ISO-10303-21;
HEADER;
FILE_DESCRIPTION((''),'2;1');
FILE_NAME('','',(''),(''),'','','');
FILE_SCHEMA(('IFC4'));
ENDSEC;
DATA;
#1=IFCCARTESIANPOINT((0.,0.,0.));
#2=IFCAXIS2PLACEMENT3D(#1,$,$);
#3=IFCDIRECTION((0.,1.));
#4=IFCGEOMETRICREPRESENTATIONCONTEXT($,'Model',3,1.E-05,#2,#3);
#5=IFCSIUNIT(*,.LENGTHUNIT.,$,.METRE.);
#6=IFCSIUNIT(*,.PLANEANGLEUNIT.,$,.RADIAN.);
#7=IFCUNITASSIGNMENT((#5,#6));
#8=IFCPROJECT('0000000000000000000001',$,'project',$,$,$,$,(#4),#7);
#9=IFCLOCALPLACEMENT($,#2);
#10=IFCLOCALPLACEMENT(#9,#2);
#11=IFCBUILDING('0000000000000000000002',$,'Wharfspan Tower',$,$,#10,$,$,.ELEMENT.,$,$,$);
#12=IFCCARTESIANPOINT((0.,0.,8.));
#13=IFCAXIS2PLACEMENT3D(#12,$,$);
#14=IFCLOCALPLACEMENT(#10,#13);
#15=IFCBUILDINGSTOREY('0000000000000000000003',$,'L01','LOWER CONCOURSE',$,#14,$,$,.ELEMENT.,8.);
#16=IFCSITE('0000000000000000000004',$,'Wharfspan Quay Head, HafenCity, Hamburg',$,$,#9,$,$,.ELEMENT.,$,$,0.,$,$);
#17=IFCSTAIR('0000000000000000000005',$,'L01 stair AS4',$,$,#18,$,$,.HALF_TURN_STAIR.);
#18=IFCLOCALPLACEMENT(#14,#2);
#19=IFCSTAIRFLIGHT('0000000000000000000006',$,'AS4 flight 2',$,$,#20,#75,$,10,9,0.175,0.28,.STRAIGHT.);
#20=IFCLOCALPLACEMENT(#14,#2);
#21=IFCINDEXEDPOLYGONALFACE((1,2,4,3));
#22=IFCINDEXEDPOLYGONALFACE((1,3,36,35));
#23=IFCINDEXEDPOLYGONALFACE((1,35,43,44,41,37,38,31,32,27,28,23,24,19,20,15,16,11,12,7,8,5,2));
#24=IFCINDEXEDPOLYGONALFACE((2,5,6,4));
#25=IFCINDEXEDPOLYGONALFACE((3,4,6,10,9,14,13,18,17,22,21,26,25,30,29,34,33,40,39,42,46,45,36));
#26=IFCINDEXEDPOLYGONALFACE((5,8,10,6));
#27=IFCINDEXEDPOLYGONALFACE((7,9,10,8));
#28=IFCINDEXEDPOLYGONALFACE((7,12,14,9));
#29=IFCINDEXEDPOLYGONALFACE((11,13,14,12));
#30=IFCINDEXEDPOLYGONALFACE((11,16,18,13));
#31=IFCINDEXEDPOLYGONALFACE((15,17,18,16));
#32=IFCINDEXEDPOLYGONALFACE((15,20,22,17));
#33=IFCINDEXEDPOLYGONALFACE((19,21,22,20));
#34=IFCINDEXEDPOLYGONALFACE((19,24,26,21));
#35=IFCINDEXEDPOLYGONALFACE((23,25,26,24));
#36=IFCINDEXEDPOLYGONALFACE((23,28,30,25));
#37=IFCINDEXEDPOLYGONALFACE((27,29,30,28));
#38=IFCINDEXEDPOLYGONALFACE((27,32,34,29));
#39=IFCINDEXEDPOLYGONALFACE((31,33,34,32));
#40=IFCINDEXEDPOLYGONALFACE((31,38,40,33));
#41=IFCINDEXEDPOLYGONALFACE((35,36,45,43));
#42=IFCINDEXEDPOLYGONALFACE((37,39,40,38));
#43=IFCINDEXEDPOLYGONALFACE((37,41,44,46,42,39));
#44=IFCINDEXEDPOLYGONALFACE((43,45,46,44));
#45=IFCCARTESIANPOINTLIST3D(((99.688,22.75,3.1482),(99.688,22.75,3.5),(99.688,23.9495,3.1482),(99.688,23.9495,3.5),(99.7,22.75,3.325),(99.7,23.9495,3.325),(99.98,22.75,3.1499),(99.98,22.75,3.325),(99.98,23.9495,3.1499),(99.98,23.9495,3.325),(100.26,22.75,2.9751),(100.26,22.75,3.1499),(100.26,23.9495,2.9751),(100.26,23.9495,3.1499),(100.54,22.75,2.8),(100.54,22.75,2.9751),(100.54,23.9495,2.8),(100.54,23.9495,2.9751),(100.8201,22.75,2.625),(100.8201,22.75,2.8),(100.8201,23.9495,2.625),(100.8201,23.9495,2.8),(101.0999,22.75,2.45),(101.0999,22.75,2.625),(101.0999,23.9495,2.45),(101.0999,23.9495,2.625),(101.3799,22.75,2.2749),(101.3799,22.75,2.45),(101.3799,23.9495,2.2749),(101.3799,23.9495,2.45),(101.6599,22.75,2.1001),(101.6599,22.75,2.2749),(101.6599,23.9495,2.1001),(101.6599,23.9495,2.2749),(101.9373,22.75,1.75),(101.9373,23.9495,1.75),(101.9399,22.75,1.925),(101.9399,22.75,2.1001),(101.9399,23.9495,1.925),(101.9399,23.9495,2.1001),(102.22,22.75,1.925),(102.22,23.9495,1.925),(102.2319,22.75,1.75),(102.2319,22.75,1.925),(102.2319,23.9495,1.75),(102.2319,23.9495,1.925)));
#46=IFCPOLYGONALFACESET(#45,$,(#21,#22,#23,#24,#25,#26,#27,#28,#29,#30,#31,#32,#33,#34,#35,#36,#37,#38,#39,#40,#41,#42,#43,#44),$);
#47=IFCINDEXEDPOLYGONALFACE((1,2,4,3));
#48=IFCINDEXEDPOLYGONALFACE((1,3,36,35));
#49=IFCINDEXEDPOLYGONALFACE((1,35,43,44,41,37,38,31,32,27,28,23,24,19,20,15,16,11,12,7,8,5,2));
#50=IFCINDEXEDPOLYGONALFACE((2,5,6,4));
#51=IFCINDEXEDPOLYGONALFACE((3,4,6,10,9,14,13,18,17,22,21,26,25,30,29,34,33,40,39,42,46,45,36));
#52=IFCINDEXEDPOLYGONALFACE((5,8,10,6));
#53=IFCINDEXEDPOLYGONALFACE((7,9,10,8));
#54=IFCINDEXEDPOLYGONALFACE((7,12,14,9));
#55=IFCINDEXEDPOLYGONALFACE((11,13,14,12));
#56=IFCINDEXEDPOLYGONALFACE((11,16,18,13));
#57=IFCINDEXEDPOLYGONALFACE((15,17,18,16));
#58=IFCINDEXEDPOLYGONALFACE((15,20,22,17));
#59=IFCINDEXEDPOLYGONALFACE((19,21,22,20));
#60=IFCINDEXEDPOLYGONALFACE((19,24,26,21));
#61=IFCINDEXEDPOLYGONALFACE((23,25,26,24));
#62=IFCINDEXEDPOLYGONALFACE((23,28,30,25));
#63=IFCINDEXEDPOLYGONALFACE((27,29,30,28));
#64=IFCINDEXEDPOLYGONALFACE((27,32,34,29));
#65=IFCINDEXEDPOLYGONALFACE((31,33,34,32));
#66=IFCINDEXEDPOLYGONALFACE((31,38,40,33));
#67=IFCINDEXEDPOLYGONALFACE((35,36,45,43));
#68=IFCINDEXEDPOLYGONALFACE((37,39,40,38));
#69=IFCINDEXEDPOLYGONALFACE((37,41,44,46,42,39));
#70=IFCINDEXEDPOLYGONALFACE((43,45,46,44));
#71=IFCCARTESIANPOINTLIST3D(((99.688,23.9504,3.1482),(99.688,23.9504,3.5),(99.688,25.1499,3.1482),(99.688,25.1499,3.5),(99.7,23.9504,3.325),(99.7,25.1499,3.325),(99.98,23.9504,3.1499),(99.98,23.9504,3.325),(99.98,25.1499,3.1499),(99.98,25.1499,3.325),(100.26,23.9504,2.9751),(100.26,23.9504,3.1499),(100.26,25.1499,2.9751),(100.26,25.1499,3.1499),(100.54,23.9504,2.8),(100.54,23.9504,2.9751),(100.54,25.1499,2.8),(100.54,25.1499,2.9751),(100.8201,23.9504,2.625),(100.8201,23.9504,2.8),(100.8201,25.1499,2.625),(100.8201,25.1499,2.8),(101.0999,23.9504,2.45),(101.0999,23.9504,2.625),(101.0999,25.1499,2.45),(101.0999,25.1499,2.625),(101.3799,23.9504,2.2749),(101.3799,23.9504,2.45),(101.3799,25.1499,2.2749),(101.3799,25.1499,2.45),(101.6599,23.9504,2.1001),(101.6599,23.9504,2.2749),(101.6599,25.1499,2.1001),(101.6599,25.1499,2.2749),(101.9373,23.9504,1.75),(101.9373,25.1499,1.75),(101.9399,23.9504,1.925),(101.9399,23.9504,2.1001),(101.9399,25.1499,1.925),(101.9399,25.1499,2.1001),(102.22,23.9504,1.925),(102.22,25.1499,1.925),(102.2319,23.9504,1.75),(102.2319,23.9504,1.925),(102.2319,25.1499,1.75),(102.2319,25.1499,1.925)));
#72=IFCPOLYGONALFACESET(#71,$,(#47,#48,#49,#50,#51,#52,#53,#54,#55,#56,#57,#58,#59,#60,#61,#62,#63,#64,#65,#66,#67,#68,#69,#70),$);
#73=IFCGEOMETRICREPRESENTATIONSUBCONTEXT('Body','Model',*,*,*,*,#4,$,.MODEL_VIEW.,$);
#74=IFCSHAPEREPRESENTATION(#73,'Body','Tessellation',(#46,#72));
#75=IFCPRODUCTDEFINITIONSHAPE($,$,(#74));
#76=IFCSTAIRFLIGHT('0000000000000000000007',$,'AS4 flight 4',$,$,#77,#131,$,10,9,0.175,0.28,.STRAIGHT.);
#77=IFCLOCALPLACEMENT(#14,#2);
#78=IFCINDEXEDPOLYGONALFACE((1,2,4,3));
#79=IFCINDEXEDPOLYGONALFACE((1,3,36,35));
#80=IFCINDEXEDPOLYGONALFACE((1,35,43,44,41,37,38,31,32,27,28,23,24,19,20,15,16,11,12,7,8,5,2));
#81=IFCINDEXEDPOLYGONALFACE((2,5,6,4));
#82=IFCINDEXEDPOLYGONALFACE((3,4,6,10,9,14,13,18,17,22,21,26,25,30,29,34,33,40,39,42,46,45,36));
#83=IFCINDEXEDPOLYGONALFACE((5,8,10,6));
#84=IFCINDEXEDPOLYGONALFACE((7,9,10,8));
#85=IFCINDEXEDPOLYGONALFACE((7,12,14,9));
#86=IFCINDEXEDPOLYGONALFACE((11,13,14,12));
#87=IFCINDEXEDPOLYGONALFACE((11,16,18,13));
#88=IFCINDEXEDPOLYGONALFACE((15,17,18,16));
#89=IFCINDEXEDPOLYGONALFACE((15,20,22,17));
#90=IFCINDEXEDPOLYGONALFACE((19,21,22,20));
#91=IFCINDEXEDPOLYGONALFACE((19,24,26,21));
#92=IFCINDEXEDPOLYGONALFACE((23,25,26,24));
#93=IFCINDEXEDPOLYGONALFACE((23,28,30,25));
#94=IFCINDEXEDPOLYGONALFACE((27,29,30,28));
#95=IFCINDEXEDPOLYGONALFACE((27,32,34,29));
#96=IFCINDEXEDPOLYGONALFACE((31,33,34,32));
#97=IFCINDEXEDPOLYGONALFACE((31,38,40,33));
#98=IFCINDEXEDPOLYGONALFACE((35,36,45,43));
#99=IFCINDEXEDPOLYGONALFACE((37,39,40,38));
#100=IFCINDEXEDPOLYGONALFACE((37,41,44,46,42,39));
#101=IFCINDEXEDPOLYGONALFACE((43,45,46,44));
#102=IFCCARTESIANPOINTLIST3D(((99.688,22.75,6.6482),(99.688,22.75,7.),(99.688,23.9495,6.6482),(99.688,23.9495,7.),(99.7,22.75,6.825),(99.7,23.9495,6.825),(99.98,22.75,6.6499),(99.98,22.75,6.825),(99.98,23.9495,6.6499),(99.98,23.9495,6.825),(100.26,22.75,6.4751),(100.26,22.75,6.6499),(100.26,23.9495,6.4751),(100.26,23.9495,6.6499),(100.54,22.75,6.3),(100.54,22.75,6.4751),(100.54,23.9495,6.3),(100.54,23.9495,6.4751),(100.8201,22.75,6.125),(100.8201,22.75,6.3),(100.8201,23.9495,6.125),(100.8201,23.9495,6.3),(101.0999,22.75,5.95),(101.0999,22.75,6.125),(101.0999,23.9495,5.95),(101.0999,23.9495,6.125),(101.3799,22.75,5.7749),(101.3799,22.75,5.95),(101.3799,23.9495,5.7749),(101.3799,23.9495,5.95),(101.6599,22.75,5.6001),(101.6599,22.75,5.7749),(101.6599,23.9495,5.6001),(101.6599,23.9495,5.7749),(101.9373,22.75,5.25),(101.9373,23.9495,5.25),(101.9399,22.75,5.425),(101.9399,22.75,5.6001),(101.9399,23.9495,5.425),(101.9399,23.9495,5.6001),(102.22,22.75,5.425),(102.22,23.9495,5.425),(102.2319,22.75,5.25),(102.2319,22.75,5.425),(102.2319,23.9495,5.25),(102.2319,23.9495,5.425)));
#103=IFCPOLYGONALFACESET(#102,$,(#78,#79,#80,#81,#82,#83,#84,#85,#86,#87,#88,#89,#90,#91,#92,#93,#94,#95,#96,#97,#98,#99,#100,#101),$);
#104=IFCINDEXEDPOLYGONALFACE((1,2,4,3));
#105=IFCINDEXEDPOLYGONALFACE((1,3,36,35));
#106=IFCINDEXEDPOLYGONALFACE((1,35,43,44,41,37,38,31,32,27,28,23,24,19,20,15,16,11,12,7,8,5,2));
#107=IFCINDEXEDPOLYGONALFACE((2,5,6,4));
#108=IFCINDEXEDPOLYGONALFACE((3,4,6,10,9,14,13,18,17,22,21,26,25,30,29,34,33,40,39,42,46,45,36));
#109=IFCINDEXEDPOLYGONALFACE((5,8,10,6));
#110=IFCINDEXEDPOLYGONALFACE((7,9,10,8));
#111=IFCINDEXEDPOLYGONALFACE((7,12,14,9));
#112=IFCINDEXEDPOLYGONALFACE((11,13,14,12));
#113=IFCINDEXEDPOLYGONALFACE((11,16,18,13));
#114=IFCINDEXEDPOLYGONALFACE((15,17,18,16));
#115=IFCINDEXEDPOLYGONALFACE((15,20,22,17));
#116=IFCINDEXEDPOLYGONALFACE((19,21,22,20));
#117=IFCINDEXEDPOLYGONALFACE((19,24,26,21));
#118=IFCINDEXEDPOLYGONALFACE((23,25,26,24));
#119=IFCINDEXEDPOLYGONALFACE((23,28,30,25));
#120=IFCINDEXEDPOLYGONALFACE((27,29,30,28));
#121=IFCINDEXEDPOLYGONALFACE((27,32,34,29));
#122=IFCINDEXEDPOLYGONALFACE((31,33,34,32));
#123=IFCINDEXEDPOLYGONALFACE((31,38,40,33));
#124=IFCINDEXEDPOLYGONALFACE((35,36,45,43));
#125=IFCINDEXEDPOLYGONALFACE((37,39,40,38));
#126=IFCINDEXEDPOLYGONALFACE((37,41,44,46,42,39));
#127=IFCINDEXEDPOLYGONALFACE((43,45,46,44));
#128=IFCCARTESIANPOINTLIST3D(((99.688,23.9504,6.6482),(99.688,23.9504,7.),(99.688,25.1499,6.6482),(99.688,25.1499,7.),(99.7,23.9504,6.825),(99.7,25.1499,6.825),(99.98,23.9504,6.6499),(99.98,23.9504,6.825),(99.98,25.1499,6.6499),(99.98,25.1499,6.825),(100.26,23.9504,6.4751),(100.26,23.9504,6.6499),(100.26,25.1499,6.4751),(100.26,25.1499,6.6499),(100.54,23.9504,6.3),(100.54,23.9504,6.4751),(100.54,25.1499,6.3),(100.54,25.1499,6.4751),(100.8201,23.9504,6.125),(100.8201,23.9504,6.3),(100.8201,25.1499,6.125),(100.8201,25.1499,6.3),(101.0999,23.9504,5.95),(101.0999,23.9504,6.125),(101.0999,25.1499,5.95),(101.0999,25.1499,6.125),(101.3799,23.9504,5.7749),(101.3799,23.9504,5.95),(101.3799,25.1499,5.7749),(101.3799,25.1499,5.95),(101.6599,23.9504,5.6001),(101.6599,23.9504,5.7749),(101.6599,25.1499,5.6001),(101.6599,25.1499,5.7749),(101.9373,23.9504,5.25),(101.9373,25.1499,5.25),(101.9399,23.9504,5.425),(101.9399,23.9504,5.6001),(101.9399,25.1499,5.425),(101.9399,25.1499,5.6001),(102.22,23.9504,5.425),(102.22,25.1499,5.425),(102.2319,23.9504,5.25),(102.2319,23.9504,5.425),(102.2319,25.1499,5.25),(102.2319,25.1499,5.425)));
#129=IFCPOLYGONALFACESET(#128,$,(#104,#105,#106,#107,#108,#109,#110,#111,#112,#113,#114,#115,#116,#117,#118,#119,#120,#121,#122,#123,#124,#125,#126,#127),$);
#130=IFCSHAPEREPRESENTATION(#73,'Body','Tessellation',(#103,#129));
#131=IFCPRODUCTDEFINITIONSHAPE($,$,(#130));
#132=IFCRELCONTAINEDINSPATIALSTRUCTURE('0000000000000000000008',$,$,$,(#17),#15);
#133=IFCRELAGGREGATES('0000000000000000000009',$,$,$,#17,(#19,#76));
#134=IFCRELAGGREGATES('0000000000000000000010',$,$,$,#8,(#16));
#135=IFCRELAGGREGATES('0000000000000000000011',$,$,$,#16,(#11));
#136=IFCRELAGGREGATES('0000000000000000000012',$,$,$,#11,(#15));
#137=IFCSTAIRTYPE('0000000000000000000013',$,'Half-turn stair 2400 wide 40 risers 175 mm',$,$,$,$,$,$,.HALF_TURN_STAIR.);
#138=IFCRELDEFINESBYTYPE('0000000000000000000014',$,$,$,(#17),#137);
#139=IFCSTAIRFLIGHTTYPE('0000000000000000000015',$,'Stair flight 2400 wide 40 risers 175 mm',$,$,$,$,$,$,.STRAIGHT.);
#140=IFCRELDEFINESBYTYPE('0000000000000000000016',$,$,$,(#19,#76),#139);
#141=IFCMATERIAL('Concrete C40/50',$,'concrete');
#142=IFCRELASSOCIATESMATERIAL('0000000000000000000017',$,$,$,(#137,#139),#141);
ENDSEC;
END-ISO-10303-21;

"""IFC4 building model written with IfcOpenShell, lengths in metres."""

from ifc_helpers import new_model, si_unit, direction, frame, origin, place, context, subcontext, project, spatial, polyline, outline, extrude, material, type_object, element, aggregate, save


model = new_model("IFC4")

# Units and contexts
model_context = context("Model", 3, precision=1e-05, world=origin(), true_north=direction((0.0, 1.0)))
body_context = subcontext(model_context, "Body", "Model", "MODEL_VIEW")
ifc_project = project(units=[si_unit("LENGTHUNIT", "METRE"), si_unit("PLANEANGLEUNIT", "RADIAN")], contexts=[model_context])

# Site, building, storey
site_placement = place(None, origin())
site = spatial("IfcSite", under=ifc_project, at=site_placement, Name="Wharfspan Quay Head, HafenCity, Hamburg", CompositionType="ELEMENT", RefElevation=0.0)
building_placement = place(site_placement, origin())
building = spatial("IfcBuilding", under=site, at=building_placement, Name="Wharfspan Tower", CompositionType="ELEMENT")
storey_placement = place(building_placement, frame((0.0, 0.0, 8.0)))
storey = spatial("IfcBuildingStorey", under=building, at=storey_placement, Name="L01", Description="LOWER CONCOURSE", CompositionType="ELEMENT", Elevation=8.0)

# Shared definitions
ifc_material_1 = material(Name="Concrete C40/50", Category="concrete")

# Stair, stair flights
stair_type = type_object("IfcStairType", Name="Half-turn stair 2400 wide 40 risers 175 mm", PredefinedType="HALF_TURN_STAIR", material=ifc_material_1)
stair_placement = place(storey_placement, origin())
stair = element("IfcStair", 1, at=stair_placement, inside=storey, type_object=stair_type, Name="L01 stair AS4", PredefinedType="HALF_TURN_STAIR")
stair_flight_type = type_object("IfcStairFlightType", Name="Stair flight 2400 wide 40 risers 175 mm", PredefinedType="STRAIGHT", material=ifc_material_1)
stair_flight_1_placement = place(storey_placement, frame((102.22, 23.95, 1.75), z_axis=(0.0, 0.0, 1.0), x_axis=(-1.0, 0.0, 0.0)))
stair_flight_1 = element("IfcStairFlight", 2, at=stair_flight_1_placement, type_object=stair_flight_type, Name="AS4 flight 2", NumberOfRisers=10, NumberOfTreads=9, PredefinedType="STRAIGHT", RiserHeight=0.175, TreadLength=0.28, context=body_context, shape_type="SweptSolid", body=[
    extrude(outline(polyline([(-0.012, 0.0), (-0.012, 0.175), (0.0, 0.175), (0.28, 0.175), (0.28, 0.3501), (0.5601, 0.3501), (0.5601, 0.5249), (0.8401, 0.5249), (0.8401, 0.7), (1.1201, 0.7), (1.1201, 0.875), (1.3999, 0.875), (1.3999, 1.05), (1.6799, 1.05), (1.6799, 1.2251), (1.96, 1.2251), (1.96, 1.3999), (2.24, 1.3999), (2.24, 1.575), (2.52, 1.575), (2.532, 1.75), (2.532, 1.3982), (0.2827, 0.0), (-0.012, 0.0)])), frame((0.0, 1.2, 0.0), z_axis=(0.0, -1.0, 0.0), x_axis=(1.0, 0.0, 0.0)), (0.0, 0.0, 1.0), 1.1995),
    extrude(outline(polyline([(-0.012, 0.0), (-0.012, 0.175), (0.0, 0.175), (0.28, 0.175), (0.28, 0.3501), (0.5601, 0.3501), (0.5601, 0.5249), (0.8401, 0.5249), (0.8401, 0.7), (1.1201, 0.7), (1.1201, 0.875), (1.3999, 0.875), (1.3999, 1.05), (1.6799, 1.05), (1.6799, 1.2251), (1.96, 1.2251), (1.96, 1.3999), (2.24, 1.3999), (2.24, 1.575), (2.52, 1.575), (2.532, 1.75), (2.532, 1.3982), (0.2827, 0.0), (-0.012, 0.0)])), frame((0.0, -0.0005, 0.0), z_axis=(0.0, -1.0, 0.0), x_axis=(1.0, 0.0, 0.0)), (0.0, 0.0, 1.0), 1.1995),
])
stair_flight_2_placement = place(storey_placement, frame((102.22, 23.95, 5.25), z_axis=(0.0, 0.0, 1.0), x_axis=(-1.0, 0.0, 0.0)))
stair_flight_2 = element("IfcStairFlight", 3, at=stair_flight_2_placement, type_object=stair_flight_type, Name="AS4 flight 4", NumberOfRisers=10, NumberOfTreads=9, PredefinedType="STRAIGHT", RiserHeight=0.175, TreadLength=0.28, context=body_context, shape_type="SweptSolid", body=[
    extrude(outline(polyline([(-0.012, 0.0), (-0.012, 0.175), (0.0, 0.175), (0.28, 0.175), (0.28, 0.3501), (0.5601, 0.3501), (0.5601, 0.5249), (0.8401, 0.5249), (0.8401, 0.7), (1.1201, 0.7), (1.1201, 0.875), (1.3999, 0.875), (1.3999, 1.05), (1.6799, 1.05), (1.6799, 1.2251), (1.96, 1.2251), (1.96, 1.3999), (2.24, 1.3999), (2.24, 1.575), (2.52, 1.575), (2.532, 1.75), (2.532, 1.3982), (0.2827, 0.0), (-0.012, 0.0)])), frame((0.0, 1.2, 0.0), z_axis=(0.0, -1.0, 0.0), x_axis=(1.0, 0.0, 0.0)), (0.0, 0.0, 1.0), 1.1995),
    extrude(outline(polyline([(-0.012, 0.0), (-0.012, 0.175), (0.0, 0.175), (0.28, 0.175), (0.28, 0.3501), (0.5601, 0.3501), (0.5601, 0.5249), (0.8401, 0.5249), (0.8401, 0.7), (1.1201, 0.7), (1.1201, 0.875), (1.3999, 0.875), (1.3999, 1.05), (1.6799, 1.05), (1.6799, 1.2251), (1.96, 1.2251), (1.96, 1.3999), (2.24, 1.3999), (2.24, 1.575), (2.52, 1.575), (2.532, 1.75), (2.532, 1.3982), (0.2827, 0.0), (-0.012, 0.0)])), frame((0.0, -0.0005, 0.0), z_axis=(0.0, -1.0, 0.0), x_axis=(1.0, 0.0, 0.0)), (0.0, 0.0, 1.0), 1.1995),
])
aggregate(stair, [stair_flight_1, stair_flight_2])

save(model, "model.ifc")
